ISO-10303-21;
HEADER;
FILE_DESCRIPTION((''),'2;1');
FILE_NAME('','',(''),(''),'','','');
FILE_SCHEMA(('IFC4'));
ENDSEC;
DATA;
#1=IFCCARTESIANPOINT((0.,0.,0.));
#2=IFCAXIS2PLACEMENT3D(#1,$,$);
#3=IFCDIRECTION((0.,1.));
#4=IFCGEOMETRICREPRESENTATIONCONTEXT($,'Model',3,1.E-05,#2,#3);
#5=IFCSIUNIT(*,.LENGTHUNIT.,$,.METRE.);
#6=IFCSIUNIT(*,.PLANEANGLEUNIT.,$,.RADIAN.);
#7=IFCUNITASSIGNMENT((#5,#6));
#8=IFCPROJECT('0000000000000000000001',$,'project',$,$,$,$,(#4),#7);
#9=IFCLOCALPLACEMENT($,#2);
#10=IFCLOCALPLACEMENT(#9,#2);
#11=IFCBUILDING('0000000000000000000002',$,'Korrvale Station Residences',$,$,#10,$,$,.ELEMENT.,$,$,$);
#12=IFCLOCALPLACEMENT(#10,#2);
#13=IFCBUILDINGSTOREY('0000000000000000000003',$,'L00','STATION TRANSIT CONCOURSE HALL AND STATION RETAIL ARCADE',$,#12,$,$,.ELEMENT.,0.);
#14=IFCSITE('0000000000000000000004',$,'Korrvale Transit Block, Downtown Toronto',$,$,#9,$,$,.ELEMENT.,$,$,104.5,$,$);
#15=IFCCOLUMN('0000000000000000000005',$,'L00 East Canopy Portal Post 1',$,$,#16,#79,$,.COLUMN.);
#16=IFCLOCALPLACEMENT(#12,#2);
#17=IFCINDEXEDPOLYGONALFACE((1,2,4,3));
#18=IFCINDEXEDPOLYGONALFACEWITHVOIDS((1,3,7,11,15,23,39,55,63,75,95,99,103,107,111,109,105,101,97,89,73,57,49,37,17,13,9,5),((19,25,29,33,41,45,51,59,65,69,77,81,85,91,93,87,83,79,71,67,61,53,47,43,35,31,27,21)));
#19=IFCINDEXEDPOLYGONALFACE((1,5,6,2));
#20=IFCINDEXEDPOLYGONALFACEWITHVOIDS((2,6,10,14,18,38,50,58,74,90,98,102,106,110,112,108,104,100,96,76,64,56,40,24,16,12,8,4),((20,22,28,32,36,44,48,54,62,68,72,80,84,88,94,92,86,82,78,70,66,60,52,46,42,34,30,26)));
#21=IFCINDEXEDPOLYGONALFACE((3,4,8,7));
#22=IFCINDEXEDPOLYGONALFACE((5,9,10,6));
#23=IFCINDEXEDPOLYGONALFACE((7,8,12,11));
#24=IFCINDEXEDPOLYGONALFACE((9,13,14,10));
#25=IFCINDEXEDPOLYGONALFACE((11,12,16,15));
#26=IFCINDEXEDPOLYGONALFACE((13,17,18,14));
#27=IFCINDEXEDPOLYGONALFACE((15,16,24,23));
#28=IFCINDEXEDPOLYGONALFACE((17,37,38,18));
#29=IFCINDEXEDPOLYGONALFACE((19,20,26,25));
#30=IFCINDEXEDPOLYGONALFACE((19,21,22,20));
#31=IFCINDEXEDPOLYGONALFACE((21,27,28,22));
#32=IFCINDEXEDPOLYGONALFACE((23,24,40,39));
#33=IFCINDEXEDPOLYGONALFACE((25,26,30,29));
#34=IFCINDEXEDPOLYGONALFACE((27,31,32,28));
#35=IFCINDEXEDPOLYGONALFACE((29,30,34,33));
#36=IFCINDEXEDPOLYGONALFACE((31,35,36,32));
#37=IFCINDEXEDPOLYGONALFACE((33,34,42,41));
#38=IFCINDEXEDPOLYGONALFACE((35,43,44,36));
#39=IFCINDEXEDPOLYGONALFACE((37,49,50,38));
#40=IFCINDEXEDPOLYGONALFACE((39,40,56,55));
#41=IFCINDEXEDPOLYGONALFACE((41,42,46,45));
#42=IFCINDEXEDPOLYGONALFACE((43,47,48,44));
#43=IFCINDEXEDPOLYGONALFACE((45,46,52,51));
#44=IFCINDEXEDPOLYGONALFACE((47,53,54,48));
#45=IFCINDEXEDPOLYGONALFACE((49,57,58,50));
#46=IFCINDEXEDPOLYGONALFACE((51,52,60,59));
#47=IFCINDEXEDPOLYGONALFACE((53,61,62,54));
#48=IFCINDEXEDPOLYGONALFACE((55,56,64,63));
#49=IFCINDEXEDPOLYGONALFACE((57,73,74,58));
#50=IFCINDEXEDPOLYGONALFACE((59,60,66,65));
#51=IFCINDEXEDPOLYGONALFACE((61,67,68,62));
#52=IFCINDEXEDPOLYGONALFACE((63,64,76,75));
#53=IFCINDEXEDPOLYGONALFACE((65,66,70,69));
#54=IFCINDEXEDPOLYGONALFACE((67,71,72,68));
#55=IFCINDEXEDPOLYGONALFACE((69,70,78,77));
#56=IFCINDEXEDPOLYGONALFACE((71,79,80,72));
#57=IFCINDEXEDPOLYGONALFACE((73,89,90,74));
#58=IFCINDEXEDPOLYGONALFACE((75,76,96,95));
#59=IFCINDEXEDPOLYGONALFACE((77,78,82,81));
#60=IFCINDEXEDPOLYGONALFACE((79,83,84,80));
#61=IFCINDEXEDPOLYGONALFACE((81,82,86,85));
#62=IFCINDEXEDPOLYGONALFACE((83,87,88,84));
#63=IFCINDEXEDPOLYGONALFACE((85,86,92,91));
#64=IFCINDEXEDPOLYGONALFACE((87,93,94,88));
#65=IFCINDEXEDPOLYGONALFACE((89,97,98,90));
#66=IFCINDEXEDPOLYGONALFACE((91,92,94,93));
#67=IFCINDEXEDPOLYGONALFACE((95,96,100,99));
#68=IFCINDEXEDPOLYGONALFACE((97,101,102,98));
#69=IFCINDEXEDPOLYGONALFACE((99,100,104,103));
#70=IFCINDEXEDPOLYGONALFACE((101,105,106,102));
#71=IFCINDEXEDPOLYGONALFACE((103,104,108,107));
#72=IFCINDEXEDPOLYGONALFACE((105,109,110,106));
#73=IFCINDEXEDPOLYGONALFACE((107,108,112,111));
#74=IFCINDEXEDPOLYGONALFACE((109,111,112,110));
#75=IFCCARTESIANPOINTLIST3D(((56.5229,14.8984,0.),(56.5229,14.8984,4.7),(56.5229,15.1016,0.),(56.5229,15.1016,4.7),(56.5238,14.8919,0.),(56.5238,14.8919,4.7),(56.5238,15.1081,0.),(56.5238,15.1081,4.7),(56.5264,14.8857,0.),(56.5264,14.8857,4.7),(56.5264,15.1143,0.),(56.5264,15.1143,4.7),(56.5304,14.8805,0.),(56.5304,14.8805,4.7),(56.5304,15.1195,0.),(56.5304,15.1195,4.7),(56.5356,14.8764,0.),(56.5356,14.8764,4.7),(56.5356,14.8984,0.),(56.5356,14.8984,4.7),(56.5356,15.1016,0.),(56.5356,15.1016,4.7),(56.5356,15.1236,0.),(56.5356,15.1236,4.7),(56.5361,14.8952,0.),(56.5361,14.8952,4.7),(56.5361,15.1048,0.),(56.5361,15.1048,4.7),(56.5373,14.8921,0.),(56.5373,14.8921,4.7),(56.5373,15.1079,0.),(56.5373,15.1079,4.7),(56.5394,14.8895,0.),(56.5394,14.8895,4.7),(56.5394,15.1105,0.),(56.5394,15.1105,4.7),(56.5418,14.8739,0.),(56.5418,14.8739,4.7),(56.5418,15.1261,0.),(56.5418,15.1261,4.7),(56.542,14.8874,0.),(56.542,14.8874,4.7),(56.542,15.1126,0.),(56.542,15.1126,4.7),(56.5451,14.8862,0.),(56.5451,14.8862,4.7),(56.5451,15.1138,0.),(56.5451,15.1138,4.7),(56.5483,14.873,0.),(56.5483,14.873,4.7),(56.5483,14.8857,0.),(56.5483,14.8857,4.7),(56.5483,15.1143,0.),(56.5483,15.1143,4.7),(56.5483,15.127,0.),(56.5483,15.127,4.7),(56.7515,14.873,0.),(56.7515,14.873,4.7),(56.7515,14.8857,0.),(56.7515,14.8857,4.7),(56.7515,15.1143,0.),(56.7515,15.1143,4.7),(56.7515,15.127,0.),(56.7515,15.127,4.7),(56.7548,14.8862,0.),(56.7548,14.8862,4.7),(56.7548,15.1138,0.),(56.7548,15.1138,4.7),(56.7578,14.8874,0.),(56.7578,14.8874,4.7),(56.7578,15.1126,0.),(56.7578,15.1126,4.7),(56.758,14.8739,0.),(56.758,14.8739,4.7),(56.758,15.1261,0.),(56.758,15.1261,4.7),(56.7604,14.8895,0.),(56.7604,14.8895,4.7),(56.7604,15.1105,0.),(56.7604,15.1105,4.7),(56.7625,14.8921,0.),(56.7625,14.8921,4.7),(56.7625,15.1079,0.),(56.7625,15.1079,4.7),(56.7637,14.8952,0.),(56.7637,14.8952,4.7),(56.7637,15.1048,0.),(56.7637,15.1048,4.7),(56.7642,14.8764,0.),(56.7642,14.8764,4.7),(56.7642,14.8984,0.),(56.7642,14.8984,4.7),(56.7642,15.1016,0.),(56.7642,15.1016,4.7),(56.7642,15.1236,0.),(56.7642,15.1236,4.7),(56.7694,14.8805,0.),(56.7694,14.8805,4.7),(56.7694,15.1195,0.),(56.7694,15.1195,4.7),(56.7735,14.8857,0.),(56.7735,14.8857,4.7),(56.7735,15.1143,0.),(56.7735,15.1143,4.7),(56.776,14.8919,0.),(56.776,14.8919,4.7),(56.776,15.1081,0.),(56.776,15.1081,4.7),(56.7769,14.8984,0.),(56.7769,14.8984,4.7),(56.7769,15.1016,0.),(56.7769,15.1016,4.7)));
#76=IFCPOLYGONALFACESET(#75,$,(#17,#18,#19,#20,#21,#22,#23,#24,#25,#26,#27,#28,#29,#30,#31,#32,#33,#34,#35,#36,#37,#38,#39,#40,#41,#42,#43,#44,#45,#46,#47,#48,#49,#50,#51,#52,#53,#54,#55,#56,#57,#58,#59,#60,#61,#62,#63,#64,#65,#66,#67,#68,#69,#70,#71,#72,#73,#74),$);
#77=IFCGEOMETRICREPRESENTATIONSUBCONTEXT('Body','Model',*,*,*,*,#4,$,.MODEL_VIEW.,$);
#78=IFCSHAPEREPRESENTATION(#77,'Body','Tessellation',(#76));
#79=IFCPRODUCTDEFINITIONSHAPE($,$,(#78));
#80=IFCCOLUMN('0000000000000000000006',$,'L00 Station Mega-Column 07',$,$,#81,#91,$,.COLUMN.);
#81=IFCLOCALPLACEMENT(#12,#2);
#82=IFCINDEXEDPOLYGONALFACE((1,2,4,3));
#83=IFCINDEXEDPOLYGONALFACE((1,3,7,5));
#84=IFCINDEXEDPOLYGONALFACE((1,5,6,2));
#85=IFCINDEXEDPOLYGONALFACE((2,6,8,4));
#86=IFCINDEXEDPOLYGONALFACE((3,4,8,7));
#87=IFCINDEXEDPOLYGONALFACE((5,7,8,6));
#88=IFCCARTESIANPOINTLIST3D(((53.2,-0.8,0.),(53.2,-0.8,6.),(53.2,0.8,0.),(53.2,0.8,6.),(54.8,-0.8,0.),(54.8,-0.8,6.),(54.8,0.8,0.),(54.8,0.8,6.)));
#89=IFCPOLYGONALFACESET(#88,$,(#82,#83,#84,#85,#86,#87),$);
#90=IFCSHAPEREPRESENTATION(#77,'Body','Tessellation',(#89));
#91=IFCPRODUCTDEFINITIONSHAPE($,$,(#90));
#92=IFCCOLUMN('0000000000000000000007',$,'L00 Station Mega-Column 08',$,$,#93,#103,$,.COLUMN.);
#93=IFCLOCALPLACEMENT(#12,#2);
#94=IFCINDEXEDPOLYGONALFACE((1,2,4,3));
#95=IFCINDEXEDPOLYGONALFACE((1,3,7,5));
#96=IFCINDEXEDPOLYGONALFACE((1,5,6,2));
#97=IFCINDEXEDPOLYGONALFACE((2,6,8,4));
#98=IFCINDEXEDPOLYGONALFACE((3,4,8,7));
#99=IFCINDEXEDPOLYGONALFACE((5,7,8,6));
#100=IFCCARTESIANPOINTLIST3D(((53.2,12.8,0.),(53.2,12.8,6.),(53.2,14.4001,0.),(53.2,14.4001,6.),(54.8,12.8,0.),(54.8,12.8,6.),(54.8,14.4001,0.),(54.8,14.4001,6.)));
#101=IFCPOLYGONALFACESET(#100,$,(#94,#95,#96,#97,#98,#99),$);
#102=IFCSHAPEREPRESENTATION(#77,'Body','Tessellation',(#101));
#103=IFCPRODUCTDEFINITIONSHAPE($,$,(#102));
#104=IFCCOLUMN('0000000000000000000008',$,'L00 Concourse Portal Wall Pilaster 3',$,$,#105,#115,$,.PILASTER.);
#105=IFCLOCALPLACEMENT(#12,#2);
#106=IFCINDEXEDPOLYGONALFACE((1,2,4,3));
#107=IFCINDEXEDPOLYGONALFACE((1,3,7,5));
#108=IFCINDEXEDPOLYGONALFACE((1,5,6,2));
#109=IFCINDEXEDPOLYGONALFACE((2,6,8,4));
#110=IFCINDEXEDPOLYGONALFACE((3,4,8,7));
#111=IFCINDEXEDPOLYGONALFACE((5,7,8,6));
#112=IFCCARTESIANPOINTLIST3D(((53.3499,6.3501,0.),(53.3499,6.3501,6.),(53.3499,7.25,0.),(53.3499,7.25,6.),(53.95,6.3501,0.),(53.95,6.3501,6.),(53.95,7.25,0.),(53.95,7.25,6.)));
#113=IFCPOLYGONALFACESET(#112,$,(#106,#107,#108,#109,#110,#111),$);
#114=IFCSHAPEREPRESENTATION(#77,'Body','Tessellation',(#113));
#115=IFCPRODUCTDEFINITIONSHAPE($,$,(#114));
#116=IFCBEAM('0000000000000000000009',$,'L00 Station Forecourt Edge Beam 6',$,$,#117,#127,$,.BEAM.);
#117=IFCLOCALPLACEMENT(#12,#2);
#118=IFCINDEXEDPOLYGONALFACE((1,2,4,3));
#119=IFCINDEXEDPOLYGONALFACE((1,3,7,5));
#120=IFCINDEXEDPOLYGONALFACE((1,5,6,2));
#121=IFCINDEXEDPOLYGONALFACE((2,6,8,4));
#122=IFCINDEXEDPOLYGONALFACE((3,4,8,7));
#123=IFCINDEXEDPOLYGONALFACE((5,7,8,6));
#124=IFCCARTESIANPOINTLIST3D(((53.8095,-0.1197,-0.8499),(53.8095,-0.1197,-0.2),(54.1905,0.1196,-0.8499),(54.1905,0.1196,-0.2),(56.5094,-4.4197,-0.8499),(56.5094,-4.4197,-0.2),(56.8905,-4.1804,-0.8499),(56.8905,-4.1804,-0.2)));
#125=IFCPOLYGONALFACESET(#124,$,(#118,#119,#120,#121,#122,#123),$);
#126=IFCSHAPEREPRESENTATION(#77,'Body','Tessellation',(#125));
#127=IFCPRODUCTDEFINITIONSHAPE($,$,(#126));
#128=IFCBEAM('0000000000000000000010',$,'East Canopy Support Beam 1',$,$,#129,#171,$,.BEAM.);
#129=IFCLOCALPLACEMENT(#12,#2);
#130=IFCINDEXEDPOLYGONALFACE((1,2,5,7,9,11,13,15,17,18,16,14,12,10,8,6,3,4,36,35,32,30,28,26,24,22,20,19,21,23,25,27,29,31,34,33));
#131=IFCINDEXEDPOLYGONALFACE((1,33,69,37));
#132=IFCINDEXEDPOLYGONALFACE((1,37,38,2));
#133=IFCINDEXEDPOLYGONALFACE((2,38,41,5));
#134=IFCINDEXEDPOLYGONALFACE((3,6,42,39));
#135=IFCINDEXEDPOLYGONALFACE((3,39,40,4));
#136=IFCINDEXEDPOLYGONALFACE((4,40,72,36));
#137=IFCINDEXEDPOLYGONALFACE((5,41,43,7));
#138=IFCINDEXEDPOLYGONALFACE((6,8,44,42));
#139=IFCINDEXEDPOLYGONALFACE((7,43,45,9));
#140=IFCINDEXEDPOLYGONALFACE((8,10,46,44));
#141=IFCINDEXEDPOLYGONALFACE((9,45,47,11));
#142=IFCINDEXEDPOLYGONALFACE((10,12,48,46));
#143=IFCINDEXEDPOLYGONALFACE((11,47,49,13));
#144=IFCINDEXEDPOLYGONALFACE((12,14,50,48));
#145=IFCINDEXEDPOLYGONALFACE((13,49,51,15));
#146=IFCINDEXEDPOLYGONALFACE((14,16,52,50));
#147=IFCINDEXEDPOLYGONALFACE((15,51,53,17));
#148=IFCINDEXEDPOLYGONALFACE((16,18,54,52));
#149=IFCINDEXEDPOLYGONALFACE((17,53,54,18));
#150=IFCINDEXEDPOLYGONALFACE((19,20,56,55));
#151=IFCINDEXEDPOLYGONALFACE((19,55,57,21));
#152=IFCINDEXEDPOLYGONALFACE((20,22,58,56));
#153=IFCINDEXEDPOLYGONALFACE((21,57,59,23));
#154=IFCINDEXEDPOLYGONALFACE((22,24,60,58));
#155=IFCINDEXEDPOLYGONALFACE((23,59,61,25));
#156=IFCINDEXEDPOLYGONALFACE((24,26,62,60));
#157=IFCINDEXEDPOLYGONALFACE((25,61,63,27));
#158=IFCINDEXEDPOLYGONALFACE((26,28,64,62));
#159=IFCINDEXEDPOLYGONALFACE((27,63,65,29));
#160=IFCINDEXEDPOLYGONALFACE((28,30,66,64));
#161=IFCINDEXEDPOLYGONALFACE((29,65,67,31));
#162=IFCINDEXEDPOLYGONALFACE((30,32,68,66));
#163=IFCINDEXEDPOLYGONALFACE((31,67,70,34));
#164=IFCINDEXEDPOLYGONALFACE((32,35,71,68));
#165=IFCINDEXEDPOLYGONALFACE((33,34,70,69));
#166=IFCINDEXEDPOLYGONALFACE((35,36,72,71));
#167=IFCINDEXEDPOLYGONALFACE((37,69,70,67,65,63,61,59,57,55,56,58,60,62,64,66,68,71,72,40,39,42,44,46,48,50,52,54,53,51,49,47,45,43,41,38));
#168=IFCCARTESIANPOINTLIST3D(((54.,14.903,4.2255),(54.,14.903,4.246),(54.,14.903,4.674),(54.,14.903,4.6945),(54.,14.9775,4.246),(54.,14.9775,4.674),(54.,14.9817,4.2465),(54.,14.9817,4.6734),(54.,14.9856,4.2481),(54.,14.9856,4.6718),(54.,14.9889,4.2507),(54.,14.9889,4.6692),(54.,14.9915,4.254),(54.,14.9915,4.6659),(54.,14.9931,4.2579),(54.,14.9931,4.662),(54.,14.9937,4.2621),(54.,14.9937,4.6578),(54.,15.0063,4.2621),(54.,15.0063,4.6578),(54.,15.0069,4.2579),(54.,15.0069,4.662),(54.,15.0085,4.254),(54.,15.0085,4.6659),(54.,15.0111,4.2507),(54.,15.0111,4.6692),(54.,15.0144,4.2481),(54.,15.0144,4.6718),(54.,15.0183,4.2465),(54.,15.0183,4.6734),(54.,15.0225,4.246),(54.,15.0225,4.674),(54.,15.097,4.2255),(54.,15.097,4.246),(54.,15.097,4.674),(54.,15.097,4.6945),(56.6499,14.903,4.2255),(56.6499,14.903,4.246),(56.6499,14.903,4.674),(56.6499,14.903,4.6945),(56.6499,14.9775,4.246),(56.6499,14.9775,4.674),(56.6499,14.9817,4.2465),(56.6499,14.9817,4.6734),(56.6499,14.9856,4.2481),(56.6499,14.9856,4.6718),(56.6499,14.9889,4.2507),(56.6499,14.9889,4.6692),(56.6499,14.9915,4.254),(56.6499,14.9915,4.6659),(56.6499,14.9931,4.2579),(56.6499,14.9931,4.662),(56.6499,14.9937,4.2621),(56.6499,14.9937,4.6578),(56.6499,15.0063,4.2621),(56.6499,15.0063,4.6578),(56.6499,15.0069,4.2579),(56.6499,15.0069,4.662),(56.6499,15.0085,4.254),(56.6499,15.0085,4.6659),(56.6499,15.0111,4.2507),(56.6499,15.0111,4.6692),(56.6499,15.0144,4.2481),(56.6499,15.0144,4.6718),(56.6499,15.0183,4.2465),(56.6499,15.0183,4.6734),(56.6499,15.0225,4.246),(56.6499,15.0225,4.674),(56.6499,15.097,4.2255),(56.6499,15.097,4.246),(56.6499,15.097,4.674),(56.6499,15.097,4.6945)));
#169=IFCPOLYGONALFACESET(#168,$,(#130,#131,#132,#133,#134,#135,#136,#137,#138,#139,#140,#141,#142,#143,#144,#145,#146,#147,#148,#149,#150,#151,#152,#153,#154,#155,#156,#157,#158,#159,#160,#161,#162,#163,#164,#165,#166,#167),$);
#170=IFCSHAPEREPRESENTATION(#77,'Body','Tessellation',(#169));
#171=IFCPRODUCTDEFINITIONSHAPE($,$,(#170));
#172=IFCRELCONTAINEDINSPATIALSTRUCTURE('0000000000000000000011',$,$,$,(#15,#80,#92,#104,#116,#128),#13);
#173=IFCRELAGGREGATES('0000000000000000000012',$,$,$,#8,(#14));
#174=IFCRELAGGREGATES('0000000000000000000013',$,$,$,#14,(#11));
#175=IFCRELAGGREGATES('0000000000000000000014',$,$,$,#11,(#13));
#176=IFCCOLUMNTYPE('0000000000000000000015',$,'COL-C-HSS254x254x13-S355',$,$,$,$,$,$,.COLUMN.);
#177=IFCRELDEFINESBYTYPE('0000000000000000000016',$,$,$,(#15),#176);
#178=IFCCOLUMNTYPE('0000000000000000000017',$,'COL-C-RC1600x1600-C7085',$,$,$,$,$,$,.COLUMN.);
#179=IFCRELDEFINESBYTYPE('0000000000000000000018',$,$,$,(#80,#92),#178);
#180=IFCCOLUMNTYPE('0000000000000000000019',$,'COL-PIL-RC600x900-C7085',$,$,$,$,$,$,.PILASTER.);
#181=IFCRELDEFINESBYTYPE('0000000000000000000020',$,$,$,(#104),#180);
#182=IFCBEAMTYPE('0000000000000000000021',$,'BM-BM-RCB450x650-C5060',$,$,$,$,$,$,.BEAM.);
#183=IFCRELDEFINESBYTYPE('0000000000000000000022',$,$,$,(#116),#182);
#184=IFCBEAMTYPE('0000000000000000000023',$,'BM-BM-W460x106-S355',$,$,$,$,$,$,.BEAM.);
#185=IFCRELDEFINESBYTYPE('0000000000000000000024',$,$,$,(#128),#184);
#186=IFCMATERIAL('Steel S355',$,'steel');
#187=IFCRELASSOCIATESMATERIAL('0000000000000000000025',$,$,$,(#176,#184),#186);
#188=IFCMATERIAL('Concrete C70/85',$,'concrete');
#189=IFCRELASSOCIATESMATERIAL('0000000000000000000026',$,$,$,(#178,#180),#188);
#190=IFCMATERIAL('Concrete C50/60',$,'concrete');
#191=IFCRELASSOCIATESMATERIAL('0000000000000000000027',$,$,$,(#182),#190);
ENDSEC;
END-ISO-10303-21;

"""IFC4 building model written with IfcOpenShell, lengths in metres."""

from ifc_helpers import new_model, si_unit, direction, frame, origin, origin_2d, place, context, subcontext, project, spatial, rectangle, hollow_rectangle, i_section, extrude, material, material_profile, profile_set, type_object, element, save


model = new_model("IFC4")

# Units and contexts
model_context = context("Model", 3, precision=1e-05, world=origin(), true_north=direction((0.0, 1.0)))
body_context = subcontext(model_context, "Body", "Model", "MODEL_VIEW")
ifc_project = project(units=[si_unit("LENGTHUNIT", "METRE"), si_unit("PLANEANGLEUNIT", "RADIAN")], contexts=[model_context])

# Site, building, storey
site_placement = place(None, origin())
site = spatial("IfcSite", under=ifc_project, at=site_placement, Name="Korrvale Transit Block, Downtown Toronto", CompositionType="ELEMENT", RefElevation=104.5)
building_placement = place(site_placement, origin())
building = spatial("IfcBuilding", under=site, at=building_placement, Name="Korrvale Station Residences", CompositionType="ELEMENT")
storey_placement = place(building_placement, origin())
storey = spatial("IfcBuildingStorey", under=building, at=storey_placement, Name="L00", Description="STATION TRANSIT CONCOURSE HALL AND STATION RETAIL ARCADE", CompositionType="ELEMENT", Elevation=0.0)

# Columns
ifc_material_1 = material(Name="Steel S355", Category="steel")
ifc_material_profile_1 = material_profile(ifc_material_1, hollow_rectangle(XDim=0.2539, YDim=0.2539, WallThickness=0.0127, InnerFilletRadius=0.0127, OuterFilletRadius=0.0254, at=origin_2d()), Name="HSS254x254x13")
ifc_profile_set_1 = profile_set([ifc_material_profile_1], Name="Steel S355")
column_type_1 = type_object("IfcColumnType", Name="COL-C-HSS254x254x13-S355", PredefinedType="COLUMN", material=ifc_profile_set_1)
column_1_placement = place(storey_placement, frame((56.6499, 15.0, 0.0), z_axis=(0.0, 0.0, 1.0), x_axis=(1.0, 0.0, 0.0)))
element("IfcColumn", 1, at=column_1_placement, inside=storey, type_object=column_type_1, Name="L00 East Canopy Portal Post 1", PredefinedType="COLUMN", context=body_context, shape_type="SweptSolid", body=[
    extrude(hollow_rectangle(XDim=0.2539, YDim=0.2539, WallThickness=0.0127, InnerFilletRadius=0.0127, OuterFilletRadius=0.0254, at=origin_2d()), origin(), (0.0, 0.0, 1.0), 4.7),
])
ifc_material_2 = material(Name="Concrete C70/85", Category="concrete")
ifc_material_profile_2 = material_profile(ifc_material_2, rectangle(XDim=1.6001, YDim=1.6001, at=origin_2d()), Name="RC1600x1600")
ifc_profile_set_2 = profile_set([ifc_material_profile_2], Name="Concrete C70/85")
column_type_2 = type_object("IfcColumnType", Name="COL-C-RC1600x1600-C7085", PredefinedType="COLUMN", material=ifc_profile_set_2)
for number, where, z_axis, x_axis, name in (
    (2, (54.0, 0.0, 0.0), (0.0, 0.0, 1.0), (1.0, 0.0, 0.0), "L00 Station Mega-Column 07"),
    (3, (54.0, 13.6001, 0.0), (0.0, 0.0, 1.0), (1.0, 0.0, 0.0), "L00 Station Mega-Column 08"),
):
    element("IfcColumn", number, at=place(storey_placement, frame(where, z_axis=z_axis, x_axis=x_axis)), inside=storey, type_object=column_type_2, Name=name, PredefinedType="COLUMN", context=body_context, shape_type="SweptSolid", body=[
        extrude(rectangle(XDim=1.6001, YDim=1.6001, at=origin_2d()), origin(), (0.0, 0.0, 1.0), 6.0),
    ])
ifc_material_profile_3 = material_profile(ifc_material_2, rectangle(XDim=0.6001, YDim=0.8999, at=origin_2d()), Name="RC600x900")
ifc_profile_set_3 = profile_set([ifc_material_profile_3], Name="Concrete C70/85")
column_type_3 = type_object("IfcColumnType", Name="COL-PIL-RC600x900-C7085", PredefinedType="PILASTER", material=ifc_profile_set_3)
column_2_placement = place(storey_placement, frame((53.6499, 6.8, 0.0), z_axis=(0.0, 0.0, 1.0), x_axis=(1.0, 0.0, 0.0)))
element("IfcColumn", 4, at=column_2_placement, inside=storey, type_object=column_type_3, Name="L00 Concourse Portal Wall Pilaster 3", PredefinedType="PILASTER", context=body_context, shape_type="SweptSolid", body=[
    extrude(rectangle(XDim=0.6001, YDim=0.8999, at=origin_2d()), origin(), (0.0, 0.0, 1.0), 6.0),
])

# Beams
ifc_material_3 = material(Name="Concrete C50/60", Category="concrete")
ifc_material_profile_4 = material_profile(ifc_material_3, rectangle(XDim=0.45, YDim=0.6499, at=origin_2d()), Name="RCB450x650")
ifc_profile_set_4 = profile_set([ifc_material_profile_4], Name="Concrete C50/60")
beam_type_1 = type_object("IfcBeamType", Name="BM-BM-RCB450x650-C5060", PredefinedType="BEAM", material=ifc_profile_set_4)
beam_1_placement = place(storey_placement, frame((56.7, -4.3, -0.5249), z_axis=(-0.531757, 0.846897, 0.0), x_axis=(-0.846897, -0.531757, 0.0)))
element("IfcBeam", 5, at=beam_1_placement, inside=storey, type_object=beam_type_1, Name="L00 Station Forecourt Edge Beam 6", PredefinedType="BEAM", context=body_context, shape_type="SweptSolid", body=[
    extrude(rectangle(XDim=0.45, YDim=0.6499, at=origin_2d()), origin(), (0.0, 0.0, 1.0), 5.0774),
])
ifc_material_profile_5 = material_profile(ifc_material_1, i_section(OverallWidth=0.1941, OverallDepth=0.469, WebThickness=0.0127, FlangeThickness=0.0205, FilletRadius=0.0161, at=origin_2d()), Name="W460x106")
ifc_profile_set_5 = profile_set([ifc_material_profile_5], Name="Steel S355")
beam_type_2 = type_object("IfcBeamType", Name="BM-BM-W460x106-S355", PredefinedType="BEAM", material=ifc_profile_set_5)
beam_2_placement = place(storey_placement, frame((54.0, 15.0, 4.46), z_axis=(1.0, 0.0, 0.0), x_axis=(0.0, 1.0, 0.0)))
element("IfcBeam", 6, at=beam_2_placement, inside=storey, type_object=beam_type_2, Name="East Canopy Support Beam 1", PredefinedType="BEAM", context=body_context, shape_type="SweptSolid", body=[
    extrude(i_section(OverallWidth=0.1941, OverallDepth=0.469, WebThickness=0.0127, FlangeThickness=0.0205, FilletRadius=0.0161, at=origin_2d()), origin(), (0.0, 0.0, 1.0), 2.6499),
])

save(model, "model.ifc")
